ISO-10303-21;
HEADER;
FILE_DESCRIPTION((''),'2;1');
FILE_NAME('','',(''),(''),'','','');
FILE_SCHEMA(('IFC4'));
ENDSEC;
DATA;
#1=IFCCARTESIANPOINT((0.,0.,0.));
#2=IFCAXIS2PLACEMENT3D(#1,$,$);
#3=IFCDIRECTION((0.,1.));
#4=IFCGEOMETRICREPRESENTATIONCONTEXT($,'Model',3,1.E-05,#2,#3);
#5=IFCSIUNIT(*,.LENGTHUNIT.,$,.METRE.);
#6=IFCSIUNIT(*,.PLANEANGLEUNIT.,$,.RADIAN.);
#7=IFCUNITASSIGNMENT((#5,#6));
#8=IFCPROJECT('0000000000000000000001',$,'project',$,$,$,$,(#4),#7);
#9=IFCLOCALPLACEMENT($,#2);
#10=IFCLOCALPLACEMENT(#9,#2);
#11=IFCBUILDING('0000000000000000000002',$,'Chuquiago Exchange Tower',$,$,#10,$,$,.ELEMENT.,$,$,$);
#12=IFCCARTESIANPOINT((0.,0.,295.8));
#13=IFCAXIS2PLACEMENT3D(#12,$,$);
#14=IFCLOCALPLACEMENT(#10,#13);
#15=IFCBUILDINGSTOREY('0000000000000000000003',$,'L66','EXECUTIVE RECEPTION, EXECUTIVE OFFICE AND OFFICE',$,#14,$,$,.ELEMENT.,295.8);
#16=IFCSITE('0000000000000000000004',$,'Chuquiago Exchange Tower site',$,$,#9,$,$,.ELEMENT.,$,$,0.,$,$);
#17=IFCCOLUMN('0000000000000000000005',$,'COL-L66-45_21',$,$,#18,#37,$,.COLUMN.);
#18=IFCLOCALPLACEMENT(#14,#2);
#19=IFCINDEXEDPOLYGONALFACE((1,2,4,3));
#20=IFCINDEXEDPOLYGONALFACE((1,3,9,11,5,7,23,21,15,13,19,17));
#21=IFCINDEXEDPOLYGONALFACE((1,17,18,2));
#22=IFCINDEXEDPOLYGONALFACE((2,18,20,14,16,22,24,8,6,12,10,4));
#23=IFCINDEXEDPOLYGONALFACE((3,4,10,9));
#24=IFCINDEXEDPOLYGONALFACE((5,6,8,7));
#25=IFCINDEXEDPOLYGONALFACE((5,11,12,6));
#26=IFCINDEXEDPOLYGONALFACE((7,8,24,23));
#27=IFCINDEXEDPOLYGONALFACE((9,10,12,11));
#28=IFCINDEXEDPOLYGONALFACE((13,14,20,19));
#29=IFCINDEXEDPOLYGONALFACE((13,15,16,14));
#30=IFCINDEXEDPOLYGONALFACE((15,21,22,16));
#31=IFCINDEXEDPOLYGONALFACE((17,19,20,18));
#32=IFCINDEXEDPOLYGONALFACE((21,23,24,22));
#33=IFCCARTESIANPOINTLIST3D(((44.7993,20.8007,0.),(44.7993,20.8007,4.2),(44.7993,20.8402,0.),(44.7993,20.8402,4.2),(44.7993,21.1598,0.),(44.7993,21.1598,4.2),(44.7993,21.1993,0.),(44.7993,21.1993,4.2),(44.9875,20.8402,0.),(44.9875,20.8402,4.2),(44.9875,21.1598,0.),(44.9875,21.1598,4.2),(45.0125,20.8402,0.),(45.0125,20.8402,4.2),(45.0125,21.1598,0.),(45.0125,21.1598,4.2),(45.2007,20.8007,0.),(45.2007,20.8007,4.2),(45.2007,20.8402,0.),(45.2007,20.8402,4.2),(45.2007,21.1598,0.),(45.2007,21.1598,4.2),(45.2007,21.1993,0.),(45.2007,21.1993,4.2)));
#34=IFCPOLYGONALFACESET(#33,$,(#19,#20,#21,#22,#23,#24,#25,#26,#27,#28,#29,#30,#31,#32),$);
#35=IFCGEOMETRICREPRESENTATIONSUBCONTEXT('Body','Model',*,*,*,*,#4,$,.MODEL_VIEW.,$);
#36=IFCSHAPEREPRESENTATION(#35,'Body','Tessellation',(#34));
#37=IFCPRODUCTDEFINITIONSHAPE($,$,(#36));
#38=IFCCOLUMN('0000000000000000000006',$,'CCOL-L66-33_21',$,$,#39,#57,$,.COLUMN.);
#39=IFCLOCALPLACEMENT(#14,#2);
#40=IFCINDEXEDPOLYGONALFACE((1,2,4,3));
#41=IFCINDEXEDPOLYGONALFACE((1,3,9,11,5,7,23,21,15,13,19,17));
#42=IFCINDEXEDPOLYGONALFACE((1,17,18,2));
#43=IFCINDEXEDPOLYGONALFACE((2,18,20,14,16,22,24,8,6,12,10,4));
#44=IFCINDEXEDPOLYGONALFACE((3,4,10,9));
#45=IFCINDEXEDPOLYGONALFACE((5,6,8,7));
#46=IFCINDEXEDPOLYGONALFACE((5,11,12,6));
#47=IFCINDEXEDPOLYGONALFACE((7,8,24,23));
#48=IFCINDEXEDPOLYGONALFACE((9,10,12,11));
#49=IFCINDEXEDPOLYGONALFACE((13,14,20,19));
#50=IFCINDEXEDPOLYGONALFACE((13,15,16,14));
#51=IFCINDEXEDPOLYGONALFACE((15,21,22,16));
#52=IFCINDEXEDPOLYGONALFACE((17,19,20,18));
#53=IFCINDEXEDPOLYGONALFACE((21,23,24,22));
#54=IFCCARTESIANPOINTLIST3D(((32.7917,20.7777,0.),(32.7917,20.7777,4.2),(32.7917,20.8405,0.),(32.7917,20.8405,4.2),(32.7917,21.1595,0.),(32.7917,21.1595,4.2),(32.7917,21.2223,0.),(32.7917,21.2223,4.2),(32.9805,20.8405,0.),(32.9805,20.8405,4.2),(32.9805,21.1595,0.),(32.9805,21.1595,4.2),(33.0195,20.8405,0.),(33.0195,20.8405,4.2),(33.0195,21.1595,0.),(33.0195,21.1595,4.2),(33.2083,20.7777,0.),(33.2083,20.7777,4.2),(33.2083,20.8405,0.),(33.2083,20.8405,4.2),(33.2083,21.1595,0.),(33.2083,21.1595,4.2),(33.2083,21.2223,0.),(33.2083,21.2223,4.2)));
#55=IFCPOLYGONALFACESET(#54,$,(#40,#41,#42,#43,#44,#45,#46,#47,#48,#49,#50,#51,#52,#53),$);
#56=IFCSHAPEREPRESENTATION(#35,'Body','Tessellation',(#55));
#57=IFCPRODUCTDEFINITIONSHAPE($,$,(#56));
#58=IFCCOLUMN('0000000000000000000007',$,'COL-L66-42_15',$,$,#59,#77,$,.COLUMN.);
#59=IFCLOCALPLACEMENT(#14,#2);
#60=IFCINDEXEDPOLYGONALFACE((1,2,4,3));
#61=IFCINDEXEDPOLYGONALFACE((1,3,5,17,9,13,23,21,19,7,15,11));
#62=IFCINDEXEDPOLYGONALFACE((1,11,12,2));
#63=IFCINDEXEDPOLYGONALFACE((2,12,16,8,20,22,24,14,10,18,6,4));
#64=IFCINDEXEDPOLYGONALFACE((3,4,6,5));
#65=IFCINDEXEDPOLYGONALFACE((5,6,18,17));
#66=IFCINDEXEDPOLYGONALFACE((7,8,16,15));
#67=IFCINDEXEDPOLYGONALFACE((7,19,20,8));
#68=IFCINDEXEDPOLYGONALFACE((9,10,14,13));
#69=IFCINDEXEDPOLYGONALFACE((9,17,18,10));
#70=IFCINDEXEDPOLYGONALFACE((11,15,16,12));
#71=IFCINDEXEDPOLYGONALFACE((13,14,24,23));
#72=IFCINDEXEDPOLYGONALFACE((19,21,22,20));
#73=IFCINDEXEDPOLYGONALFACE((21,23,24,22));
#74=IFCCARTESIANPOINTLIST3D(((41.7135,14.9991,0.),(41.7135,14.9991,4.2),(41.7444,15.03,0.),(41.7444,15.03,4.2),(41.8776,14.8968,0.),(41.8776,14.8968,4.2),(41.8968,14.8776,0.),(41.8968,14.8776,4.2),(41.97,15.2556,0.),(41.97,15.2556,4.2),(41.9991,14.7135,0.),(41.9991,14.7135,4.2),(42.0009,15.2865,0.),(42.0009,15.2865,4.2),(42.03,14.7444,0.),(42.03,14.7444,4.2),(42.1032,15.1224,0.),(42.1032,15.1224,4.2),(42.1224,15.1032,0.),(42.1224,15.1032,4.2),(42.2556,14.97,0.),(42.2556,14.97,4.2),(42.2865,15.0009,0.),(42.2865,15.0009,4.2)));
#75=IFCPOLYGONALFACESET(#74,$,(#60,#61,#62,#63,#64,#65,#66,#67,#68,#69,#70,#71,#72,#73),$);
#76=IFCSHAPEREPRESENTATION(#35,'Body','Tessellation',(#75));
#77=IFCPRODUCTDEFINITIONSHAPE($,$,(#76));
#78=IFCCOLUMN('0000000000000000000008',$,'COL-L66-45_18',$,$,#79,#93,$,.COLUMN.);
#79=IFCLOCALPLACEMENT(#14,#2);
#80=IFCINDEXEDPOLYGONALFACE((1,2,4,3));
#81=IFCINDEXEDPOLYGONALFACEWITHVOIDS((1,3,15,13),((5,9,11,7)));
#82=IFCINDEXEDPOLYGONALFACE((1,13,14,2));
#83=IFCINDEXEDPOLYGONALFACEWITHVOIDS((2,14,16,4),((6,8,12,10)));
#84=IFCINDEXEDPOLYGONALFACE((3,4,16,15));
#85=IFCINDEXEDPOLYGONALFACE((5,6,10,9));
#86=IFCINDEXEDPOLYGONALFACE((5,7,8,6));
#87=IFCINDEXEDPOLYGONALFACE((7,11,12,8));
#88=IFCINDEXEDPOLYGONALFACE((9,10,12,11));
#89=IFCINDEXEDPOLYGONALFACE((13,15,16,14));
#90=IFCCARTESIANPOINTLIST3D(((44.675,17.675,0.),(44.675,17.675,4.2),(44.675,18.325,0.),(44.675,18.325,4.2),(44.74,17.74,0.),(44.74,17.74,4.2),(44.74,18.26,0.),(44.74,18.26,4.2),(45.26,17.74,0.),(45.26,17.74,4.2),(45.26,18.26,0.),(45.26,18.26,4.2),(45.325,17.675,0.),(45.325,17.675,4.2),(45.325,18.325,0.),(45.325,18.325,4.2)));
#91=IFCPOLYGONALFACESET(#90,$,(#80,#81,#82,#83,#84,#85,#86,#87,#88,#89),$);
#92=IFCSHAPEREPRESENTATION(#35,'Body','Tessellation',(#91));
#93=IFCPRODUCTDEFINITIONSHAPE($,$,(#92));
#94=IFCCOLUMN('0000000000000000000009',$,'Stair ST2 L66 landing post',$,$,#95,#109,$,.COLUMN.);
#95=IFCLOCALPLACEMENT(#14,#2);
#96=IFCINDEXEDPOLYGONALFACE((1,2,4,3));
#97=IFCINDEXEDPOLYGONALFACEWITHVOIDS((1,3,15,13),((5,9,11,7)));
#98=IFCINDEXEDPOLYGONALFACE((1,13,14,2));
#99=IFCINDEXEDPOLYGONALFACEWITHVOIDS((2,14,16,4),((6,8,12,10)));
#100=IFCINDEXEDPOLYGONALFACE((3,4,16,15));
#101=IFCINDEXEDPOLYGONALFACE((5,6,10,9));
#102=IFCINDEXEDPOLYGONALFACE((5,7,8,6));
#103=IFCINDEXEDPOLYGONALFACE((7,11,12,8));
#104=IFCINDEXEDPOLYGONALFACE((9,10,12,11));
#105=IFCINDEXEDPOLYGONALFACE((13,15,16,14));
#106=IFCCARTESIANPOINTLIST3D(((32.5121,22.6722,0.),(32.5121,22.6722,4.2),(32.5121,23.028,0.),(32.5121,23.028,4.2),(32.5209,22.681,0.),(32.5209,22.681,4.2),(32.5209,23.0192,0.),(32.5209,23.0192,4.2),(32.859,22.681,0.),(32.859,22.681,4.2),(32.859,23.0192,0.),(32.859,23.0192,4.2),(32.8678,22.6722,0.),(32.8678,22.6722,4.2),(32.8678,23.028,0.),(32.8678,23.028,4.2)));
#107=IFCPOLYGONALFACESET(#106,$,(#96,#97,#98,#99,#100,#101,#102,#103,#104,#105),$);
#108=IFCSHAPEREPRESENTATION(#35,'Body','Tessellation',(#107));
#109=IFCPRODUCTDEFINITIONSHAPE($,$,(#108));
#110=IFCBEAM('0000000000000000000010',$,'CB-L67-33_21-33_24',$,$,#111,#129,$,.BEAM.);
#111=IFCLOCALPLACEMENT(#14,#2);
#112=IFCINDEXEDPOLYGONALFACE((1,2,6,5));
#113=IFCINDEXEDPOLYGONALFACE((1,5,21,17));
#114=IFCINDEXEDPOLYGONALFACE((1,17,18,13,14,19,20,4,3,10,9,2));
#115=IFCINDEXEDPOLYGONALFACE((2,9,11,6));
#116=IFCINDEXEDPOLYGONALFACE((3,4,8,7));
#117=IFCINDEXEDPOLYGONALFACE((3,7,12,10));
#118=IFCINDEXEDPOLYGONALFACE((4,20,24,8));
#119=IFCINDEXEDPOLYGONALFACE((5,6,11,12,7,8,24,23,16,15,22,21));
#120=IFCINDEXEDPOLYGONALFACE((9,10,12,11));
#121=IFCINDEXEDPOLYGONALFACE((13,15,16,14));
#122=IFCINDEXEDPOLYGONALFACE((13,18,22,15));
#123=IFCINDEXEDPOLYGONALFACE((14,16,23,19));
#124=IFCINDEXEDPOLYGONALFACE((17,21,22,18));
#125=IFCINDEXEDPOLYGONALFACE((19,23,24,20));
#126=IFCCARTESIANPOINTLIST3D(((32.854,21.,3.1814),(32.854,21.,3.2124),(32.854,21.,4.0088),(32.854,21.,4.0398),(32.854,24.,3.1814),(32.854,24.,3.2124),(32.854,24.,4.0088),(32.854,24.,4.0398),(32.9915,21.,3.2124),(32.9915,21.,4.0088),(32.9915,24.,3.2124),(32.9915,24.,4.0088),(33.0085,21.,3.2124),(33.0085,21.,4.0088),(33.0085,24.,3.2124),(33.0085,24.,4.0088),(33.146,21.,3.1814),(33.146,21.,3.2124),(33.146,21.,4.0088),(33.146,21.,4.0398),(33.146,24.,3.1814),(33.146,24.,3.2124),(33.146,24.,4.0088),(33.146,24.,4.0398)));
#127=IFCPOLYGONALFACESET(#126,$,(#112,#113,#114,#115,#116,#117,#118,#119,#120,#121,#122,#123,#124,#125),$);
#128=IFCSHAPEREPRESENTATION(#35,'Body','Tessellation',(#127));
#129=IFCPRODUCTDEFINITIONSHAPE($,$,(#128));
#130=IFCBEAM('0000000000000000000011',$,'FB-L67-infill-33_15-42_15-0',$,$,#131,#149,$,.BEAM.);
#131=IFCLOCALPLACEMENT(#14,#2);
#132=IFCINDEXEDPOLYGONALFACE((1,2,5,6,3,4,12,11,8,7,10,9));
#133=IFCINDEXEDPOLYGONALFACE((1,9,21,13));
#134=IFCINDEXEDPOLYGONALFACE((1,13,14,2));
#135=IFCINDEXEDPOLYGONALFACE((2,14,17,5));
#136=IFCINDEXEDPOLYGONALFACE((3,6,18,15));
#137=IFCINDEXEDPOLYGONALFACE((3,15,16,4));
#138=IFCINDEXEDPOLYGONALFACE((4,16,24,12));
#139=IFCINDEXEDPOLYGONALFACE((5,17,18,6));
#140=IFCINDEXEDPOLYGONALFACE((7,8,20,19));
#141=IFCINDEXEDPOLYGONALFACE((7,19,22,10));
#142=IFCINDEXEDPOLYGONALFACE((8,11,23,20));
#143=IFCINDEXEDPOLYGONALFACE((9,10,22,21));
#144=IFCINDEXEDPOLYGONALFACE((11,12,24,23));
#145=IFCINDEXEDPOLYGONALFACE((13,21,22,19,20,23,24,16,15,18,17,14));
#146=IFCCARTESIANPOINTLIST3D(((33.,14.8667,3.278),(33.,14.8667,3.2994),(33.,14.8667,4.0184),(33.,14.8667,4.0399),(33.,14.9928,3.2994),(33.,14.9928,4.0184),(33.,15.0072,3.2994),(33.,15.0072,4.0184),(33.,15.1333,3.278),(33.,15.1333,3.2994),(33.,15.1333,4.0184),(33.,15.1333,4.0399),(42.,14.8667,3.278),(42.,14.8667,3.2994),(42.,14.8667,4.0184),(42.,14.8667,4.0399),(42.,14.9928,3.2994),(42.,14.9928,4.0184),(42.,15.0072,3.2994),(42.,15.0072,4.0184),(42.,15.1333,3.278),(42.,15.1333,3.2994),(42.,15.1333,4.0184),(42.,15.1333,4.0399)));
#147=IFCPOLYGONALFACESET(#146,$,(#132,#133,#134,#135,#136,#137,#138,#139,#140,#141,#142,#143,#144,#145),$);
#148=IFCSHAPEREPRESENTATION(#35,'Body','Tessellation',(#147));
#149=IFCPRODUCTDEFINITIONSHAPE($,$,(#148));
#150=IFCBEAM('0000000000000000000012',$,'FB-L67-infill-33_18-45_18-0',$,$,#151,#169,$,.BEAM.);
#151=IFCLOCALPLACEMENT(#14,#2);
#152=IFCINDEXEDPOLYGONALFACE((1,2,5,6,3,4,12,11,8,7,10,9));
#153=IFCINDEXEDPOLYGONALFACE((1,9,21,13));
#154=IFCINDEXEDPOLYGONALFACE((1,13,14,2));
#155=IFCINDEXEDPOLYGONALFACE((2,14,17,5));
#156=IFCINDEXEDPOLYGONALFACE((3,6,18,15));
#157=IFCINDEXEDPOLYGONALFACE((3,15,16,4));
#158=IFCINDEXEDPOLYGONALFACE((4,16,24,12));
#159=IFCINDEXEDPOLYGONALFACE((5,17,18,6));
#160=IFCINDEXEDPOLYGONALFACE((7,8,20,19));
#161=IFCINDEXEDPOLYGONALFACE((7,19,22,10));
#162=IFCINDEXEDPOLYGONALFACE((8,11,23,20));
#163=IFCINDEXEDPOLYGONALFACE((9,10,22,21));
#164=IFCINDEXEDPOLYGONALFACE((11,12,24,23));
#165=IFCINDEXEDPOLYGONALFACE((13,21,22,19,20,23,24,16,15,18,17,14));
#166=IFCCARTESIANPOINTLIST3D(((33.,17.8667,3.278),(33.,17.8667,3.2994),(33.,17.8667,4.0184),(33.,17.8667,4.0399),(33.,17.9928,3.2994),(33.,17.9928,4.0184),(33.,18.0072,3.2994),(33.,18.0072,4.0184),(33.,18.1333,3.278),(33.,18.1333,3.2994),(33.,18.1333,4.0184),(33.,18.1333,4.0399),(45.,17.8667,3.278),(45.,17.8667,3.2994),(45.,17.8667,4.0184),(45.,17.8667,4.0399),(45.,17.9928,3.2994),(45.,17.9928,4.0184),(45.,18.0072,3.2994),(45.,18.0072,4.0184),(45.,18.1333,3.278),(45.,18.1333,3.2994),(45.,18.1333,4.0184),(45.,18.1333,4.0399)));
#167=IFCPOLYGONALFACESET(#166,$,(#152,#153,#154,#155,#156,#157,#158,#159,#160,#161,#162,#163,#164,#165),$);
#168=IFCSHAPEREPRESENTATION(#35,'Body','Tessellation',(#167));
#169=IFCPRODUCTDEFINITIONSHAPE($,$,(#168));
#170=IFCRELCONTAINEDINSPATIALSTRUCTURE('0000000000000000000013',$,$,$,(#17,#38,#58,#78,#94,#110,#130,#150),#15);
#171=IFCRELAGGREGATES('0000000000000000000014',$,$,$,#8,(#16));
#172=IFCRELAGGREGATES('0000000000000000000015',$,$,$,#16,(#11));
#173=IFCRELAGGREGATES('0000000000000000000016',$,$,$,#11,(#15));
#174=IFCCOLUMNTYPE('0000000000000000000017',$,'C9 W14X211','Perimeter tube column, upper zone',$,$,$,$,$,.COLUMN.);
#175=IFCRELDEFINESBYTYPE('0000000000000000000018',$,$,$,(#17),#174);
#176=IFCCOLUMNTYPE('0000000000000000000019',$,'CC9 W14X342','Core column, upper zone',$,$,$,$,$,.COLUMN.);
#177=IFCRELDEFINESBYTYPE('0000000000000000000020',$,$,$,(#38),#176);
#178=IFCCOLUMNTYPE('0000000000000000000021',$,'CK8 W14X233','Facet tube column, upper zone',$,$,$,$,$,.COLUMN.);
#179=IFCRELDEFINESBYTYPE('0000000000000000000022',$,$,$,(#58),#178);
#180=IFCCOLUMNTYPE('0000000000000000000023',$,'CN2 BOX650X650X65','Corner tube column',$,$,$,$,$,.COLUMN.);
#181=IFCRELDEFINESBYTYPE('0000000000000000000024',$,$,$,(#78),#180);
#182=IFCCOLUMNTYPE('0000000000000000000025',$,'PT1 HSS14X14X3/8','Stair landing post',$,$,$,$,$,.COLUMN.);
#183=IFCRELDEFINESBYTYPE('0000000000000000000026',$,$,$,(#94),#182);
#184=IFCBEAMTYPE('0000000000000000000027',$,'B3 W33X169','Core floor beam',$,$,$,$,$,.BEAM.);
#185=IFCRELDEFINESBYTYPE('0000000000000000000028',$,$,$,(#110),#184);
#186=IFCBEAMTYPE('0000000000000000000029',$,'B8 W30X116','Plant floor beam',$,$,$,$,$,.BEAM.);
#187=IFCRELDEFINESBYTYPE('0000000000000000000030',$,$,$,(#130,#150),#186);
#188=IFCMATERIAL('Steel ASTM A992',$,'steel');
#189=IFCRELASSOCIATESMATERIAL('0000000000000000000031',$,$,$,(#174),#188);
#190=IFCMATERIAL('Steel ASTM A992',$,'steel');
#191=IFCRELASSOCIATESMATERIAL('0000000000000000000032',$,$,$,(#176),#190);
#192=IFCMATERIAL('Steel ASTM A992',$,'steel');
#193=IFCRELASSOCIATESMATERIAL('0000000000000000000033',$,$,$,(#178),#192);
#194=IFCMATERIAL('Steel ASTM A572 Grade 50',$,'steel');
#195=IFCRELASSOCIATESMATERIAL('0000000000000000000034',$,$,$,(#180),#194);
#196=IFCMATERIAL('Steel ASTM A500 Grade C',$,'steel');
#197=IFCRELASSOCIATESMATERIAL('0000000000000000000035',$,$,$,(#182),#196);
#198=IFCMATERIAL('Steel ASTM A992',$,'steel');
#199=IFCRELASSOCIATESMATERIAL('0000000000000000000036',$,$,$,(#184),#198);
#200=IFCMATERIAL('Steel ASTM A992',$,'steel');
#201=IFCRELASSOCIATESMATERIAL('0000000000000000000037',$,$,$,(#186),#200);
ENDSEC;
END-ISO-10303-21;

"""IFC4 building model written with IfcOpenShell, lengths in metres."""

from ifc_helpers import new_model, si_unit, direction, frame, origin, origin_2d, place, context, subcontext, project, spatial, hollow_rectangle, i_section, extrude, material, material_profile, profile_set, type_object, element, save


model = new_model("IFC4")

# Units and contexts
model_context = context("Model", 3, precision=1e-05, world=origin(), true_north=direction((0.0, 1.0)))
body_context = subcontext(model_context, "Body", "Model", "MODEL_VIEW")
ifc_project = project(units=[si_unit("LENGTHUNIT", "METRE"), si_unit("PLANEANGLEUNIT", "RADIAN")], contexts=[model_context])

# Site, building, storey
site_placement = place(None, origin())
site = spatial("IfcSite", under=ifc_project, at=site_placement, Name="Chuquiago Exchange Tower site", CompositionType="ELEMENT", RefElevation=0.0)
building_placement = place(site_placement, origin())
building = spatial("IfcBuilding", under=site, at=building_placement, Name="Chuquiago Exchange Tower", CompositionType="ELEMENT")
storey_placement = place(building_placement, frame((0.0, 0.0, 295.8)))
storey = spatial("IfcBuildingStorey", under=building, at=storey_placement, Name="L66", Description="EXECUTIVE RECEPTION, EXECUTIVE OFFICE AND OFFICE", CompositionType="ELEMENT", Elevation=295.8)

# Columns
ifc_material_1 = material(Name="Steel ASTM A992", Category="steel")
ifc_material_profile_1 = material_profile(ifc_material_1, i_section(OverallWidth=0.4014, OverallDepth=0.3987, WebThickness=0.0249, FlangeThickness=0.0396, at=origin_2d()), Name="W14X211")
ifc_profile_set_1 = profile_set([ifc_material_profile_1], Name="Steel ASTM A992")
column_type_1 = type_object("IfcColumnType", Name="C9 W14X211", Description="Perimeter tube column, upper zone", PredefinedType="COLUMN", material=ifc_profile_set_1)
column_1_placement = place(storey_placement, frame((45.0, 21.0, 0.0), z_axis=(0.0, 0.0, 1.0), x_axis=(1.0, 0.0, 0.0)))
element("IfcColumn", 1, at=column_1_placement, inside=storey, type_object=column_type_1, Name="COL-L66-45_21", PredefinedType="COLUMN", context=body_context, shape_type="SweptSolid", body=[
    extrude(i_section(OverallWidth=0.4014, OverallDepth=0.3987, WebThickness=0.0249, FlangeThickness=0.0396, at=origin_2d()), origin(), (0.0, 0.0, 1.0), 4.2),
])
ifc_material_2 = material(Name="Steel ASTM A992", Category="steel")
ifc_material_profile_2 = material_profile(ifc_material_2, i_section(OverallWidth=0.4165, OverallDepth=0.4446, WebThickness=0.0391, FlangeThickness=0.0627, at=origin_2d()), Name="W14X342")
ifc_profile_set_2 = profile_set([ifc_material_profile_2], Name="Steel ASTM A992")
column_type_2 = type_object("IfcColumnType", Name="CC9 W14X342", Description="Core column, upper zone", PredefinedType="COLUMN", material=ifc_profile_set_2)
column_2_placement = place(storey_placement, frame((33.0, 21.0, 0.0), z_axis=(0.0, 0.0, 1.0), x_axis=(1.0, 0.0, 0.0)))
element("IfcColumn", 2, at=column_2_placement, inside=storey, type_object=column_type_2, Name="CCOL-L66-33_21", PredefinedType="COLUMN", context=body_context, shape_type="SweptSolid", body=[
    extrude(i_section(OverallWidth=0.4165, OverallDepth=0.4446, WebThickness=0.0391, FlangeThickness=0.0627, at=origin_2d()), origin(), (0.0, 0.0, 1.0), 4.2),
])
ifc_material_3 = material(Name="Steel ASTM A992", Category="steel")
ifc_material_profile_3 = material_profile(ifc_material_3, i_section(OverallWidth=0.4038, OverallDepth=0.4065, WebThickness=0.0271, FlangeThickness=0.0437, at=origin_2d()), Name="W14X233")
ifc_profile_set_3 = profile_set([ifc_material_profile_3], Name="Steel ASTM A992")
column_type_3 = type_object("IfcColumnType", Name="CK8 W14X233", Description="Facet tube column, upper zone", PredefinedType="COLUMN", material=ifc_profile_set_3)
column_3_placement = place(storey_placement, frame((42.0, 15.0, 0.0), z_axis=(0.0, 0.0, 1.0), x_axis=(0.707107, -0.707107, 0.0)))
element("IfcColumn", 3, at=column_3_placement, inside=storey, type_object=column_type_3, Name="COL-L66-42_15", PredefinedType="COLUMN", context=body_context, shape_type="SweptSolid", body=[
    extrude(i_section(OverallWidth=0.4038, OverallDepth=0.4065, WebThickness=0.0271, FlangeThickness=0.0437, at=origin_2d()), origin(), (0.0, 0.0, 1.0), 4.2),
])
ifc_material_4 = material(Name="Steel ASTM A572 Grade 50", Category="steel")
ifc_material_profile_4 = material_profile(ifc_material_4, hollow_rectangle(XDim=0.6499, YDim=0.6499, WallThickness=0.0649, at=origin_2d()), Name="BOX650X650X65")
ifc_profile_set_4 = profile_set([ifc_material_profile_4], Name="Steel ASTM A572 Grade 50")
column_type_4 = type_object("IfcColumnType", Name="CN2 BOX650X650X65", Description="Corner tube column", PredefinedType="COLUMN", material=ifc_profile_set_4)
column_4_placement = place(storey_placement, frame((45.0, 18.0, 0.0), z_axis=(0.0, 0.0, 1.0), x_axis=(1.0, 0.0, 0.0)))
element("IfcColumn", 4, at=column_4_placement, inside=storey, type_object=column_type_4, Name="COL-L66-45_18", PredefinedType="COLUMN", context=body_context, shape_type="SweptSolid", body=[
    extrude(hollow_rectangle(XDim=0.6499, YDim=0.6499, WallThickness=0.0649, at=origin_2d()), origin(), (0.0, 0.0, 1.0), 4.2),
])
ifc_material_5 = material(Name="Steel ASTM A500 Grade C", Category="steel")
ifc_material_profile_5 = material_profile(ifc_material_5, hollow_rectangle(XDim=0.3557, YDim=0.3557, WallThickness=0.0088, at=origin_2d()), Name="HSS14X14X3/8")
ifc_profile_set_5 = profile_set([ifc_material_profile_5], Name="Steel ASTM A500 Grade C")
column_type_5 = type_object("IfcColumnType", Name="PT1 HSS14X14X3/8", Description="Stair landing post", PredefinedType="COLUMN", material=ifc_profile_set_5)
column_5_placement = place(storey_placement, frame((32.6899, 22.8501, 0.0), z_axis=(0.0, 0.0, 1.0), x_axis=(1.0, 0.0, 0.0)))
element("IfcColumn", 5, at=column_5_placement, inside=storey, type_object=column_type_5, Name="Stair ST2 L66 landing post", PredefinedType="COLUMN", context=body_context, shape_type="SweptSolid", body=[
    extrude(hollow_rectangle(XDim=0.3557, YDim=0.3557, WallThickness=0.0088, at=origin_2d()), origin(), (0.0, 0.0, 1.0), 4.2),
])

# Beams
ifc_material_6 = material(Name="Steel ASTM A992", Category="steel")
ifc_material_profile_6 = material_profile(ifc_material_6, i_section(OverallWidth=0.292, OverallDepth=0.8584, WebThickness=0.0171, FlangeThickness=0.031, at=origin_2d()), Name="W33X169")
ifc_profile_set_6 = profile_set([ifc_material_profile_6], Name="Steel ASTM A992")
beam_type_1 = type_object("IfcBeamType", Name="B3 W33X169", Description="Core floor beam", PredefinedType="BEAM", material=ifc_profile_set_6)
beam_1_placement = place(storey_placement, frame((33.0, 21.0, 3.6106), z_axis=(0.0, 1.0, 0.0), x_axis=(-1.0, 0.0, 0.0)))
element("IfcBeam", 6, at=beam_1_placement, inside=storey, type_object=beam_type_1, Name="CB-L67-33_21-33_24", PredefinedType="BEAM", context=body_context, shape_type="SweptSolid", body=[
    extrude(i_section(OverallWidth=0.292, OverallDepth=0.8584, WebThickness=0.0171, FlangeThickness=0.031, at=origin_2d()), origin(), (0.0, 0.0, 1.0), 3.0),
])
ifc_material_7 = material(Name="Steel ASTM A992", Category="steel")
ifc_material_profile_7 = material_profile(ifc_material_7, i_section(OverallWidth=0.2666, OverallDepth=0.762, WebThickness=0.0144, FlangeThickness=0.0215, at=origin_2d()), Name="W30X116")
ifc_profile_set_7 = profile_set([ifc_material_profile_7], Name="Steel ASTM A992")
beam_type_2 = type_object("IfcBeamType", Name="B8 W30X116", Description="Plant floor beam", PredefinedType="BEAM", material=ifc_profile_set_7)
beam_2_placement = place(storey_placement, frame((33.0, 15.0, 3.6589), z_axis=(1.0, 0.0, 0.0), x_axis=(0.0, 1.0, 0.0)))
element("IfcBeam", 7, at=beam_2_placement, inside=storey, type_object=beam_type_2, Name="FB-L67-infill-33_15-42_15-0", PredefinedType="BEAM", context=body_context, shape_type="SweptSolid", body=[
    extrude(i_section(OverallWidth=0.2666, OverallDepth=0.762, WebThickness=0.0144, FlangeThickness=0.0215, at=origin_2d()), origin(), (0.0, 0.0, 1.0), 9.0),
])
for number, where, z_axis, x_axis, name in (
    (8, (33.0, 18.0, 3.6589), (1.0, 0.0, 0.0), (0.0, 1.0, 0.0), "FB-L67-infill-33_18-45_18-0"),
):
    element("IfcBeam", number, at=place(storey_placement, frame(where, z_axis=z_axis, x_axis=x_axis)), inside=storey, type_object=beam_type_2, Name=name, PredefinedType="BEAM", context=body_context, shape_type="SweptSolid", body=[
        extrude(i_section(OverallWidth=0.2666, OverallDepth=0.762, WebThickness=0.0144, FlangeThickness=0.0215, at=origin_2d()), origin(), (0.0, 0.0, 1.0), 12.0),
    ])

save(model, "model.ifc")
